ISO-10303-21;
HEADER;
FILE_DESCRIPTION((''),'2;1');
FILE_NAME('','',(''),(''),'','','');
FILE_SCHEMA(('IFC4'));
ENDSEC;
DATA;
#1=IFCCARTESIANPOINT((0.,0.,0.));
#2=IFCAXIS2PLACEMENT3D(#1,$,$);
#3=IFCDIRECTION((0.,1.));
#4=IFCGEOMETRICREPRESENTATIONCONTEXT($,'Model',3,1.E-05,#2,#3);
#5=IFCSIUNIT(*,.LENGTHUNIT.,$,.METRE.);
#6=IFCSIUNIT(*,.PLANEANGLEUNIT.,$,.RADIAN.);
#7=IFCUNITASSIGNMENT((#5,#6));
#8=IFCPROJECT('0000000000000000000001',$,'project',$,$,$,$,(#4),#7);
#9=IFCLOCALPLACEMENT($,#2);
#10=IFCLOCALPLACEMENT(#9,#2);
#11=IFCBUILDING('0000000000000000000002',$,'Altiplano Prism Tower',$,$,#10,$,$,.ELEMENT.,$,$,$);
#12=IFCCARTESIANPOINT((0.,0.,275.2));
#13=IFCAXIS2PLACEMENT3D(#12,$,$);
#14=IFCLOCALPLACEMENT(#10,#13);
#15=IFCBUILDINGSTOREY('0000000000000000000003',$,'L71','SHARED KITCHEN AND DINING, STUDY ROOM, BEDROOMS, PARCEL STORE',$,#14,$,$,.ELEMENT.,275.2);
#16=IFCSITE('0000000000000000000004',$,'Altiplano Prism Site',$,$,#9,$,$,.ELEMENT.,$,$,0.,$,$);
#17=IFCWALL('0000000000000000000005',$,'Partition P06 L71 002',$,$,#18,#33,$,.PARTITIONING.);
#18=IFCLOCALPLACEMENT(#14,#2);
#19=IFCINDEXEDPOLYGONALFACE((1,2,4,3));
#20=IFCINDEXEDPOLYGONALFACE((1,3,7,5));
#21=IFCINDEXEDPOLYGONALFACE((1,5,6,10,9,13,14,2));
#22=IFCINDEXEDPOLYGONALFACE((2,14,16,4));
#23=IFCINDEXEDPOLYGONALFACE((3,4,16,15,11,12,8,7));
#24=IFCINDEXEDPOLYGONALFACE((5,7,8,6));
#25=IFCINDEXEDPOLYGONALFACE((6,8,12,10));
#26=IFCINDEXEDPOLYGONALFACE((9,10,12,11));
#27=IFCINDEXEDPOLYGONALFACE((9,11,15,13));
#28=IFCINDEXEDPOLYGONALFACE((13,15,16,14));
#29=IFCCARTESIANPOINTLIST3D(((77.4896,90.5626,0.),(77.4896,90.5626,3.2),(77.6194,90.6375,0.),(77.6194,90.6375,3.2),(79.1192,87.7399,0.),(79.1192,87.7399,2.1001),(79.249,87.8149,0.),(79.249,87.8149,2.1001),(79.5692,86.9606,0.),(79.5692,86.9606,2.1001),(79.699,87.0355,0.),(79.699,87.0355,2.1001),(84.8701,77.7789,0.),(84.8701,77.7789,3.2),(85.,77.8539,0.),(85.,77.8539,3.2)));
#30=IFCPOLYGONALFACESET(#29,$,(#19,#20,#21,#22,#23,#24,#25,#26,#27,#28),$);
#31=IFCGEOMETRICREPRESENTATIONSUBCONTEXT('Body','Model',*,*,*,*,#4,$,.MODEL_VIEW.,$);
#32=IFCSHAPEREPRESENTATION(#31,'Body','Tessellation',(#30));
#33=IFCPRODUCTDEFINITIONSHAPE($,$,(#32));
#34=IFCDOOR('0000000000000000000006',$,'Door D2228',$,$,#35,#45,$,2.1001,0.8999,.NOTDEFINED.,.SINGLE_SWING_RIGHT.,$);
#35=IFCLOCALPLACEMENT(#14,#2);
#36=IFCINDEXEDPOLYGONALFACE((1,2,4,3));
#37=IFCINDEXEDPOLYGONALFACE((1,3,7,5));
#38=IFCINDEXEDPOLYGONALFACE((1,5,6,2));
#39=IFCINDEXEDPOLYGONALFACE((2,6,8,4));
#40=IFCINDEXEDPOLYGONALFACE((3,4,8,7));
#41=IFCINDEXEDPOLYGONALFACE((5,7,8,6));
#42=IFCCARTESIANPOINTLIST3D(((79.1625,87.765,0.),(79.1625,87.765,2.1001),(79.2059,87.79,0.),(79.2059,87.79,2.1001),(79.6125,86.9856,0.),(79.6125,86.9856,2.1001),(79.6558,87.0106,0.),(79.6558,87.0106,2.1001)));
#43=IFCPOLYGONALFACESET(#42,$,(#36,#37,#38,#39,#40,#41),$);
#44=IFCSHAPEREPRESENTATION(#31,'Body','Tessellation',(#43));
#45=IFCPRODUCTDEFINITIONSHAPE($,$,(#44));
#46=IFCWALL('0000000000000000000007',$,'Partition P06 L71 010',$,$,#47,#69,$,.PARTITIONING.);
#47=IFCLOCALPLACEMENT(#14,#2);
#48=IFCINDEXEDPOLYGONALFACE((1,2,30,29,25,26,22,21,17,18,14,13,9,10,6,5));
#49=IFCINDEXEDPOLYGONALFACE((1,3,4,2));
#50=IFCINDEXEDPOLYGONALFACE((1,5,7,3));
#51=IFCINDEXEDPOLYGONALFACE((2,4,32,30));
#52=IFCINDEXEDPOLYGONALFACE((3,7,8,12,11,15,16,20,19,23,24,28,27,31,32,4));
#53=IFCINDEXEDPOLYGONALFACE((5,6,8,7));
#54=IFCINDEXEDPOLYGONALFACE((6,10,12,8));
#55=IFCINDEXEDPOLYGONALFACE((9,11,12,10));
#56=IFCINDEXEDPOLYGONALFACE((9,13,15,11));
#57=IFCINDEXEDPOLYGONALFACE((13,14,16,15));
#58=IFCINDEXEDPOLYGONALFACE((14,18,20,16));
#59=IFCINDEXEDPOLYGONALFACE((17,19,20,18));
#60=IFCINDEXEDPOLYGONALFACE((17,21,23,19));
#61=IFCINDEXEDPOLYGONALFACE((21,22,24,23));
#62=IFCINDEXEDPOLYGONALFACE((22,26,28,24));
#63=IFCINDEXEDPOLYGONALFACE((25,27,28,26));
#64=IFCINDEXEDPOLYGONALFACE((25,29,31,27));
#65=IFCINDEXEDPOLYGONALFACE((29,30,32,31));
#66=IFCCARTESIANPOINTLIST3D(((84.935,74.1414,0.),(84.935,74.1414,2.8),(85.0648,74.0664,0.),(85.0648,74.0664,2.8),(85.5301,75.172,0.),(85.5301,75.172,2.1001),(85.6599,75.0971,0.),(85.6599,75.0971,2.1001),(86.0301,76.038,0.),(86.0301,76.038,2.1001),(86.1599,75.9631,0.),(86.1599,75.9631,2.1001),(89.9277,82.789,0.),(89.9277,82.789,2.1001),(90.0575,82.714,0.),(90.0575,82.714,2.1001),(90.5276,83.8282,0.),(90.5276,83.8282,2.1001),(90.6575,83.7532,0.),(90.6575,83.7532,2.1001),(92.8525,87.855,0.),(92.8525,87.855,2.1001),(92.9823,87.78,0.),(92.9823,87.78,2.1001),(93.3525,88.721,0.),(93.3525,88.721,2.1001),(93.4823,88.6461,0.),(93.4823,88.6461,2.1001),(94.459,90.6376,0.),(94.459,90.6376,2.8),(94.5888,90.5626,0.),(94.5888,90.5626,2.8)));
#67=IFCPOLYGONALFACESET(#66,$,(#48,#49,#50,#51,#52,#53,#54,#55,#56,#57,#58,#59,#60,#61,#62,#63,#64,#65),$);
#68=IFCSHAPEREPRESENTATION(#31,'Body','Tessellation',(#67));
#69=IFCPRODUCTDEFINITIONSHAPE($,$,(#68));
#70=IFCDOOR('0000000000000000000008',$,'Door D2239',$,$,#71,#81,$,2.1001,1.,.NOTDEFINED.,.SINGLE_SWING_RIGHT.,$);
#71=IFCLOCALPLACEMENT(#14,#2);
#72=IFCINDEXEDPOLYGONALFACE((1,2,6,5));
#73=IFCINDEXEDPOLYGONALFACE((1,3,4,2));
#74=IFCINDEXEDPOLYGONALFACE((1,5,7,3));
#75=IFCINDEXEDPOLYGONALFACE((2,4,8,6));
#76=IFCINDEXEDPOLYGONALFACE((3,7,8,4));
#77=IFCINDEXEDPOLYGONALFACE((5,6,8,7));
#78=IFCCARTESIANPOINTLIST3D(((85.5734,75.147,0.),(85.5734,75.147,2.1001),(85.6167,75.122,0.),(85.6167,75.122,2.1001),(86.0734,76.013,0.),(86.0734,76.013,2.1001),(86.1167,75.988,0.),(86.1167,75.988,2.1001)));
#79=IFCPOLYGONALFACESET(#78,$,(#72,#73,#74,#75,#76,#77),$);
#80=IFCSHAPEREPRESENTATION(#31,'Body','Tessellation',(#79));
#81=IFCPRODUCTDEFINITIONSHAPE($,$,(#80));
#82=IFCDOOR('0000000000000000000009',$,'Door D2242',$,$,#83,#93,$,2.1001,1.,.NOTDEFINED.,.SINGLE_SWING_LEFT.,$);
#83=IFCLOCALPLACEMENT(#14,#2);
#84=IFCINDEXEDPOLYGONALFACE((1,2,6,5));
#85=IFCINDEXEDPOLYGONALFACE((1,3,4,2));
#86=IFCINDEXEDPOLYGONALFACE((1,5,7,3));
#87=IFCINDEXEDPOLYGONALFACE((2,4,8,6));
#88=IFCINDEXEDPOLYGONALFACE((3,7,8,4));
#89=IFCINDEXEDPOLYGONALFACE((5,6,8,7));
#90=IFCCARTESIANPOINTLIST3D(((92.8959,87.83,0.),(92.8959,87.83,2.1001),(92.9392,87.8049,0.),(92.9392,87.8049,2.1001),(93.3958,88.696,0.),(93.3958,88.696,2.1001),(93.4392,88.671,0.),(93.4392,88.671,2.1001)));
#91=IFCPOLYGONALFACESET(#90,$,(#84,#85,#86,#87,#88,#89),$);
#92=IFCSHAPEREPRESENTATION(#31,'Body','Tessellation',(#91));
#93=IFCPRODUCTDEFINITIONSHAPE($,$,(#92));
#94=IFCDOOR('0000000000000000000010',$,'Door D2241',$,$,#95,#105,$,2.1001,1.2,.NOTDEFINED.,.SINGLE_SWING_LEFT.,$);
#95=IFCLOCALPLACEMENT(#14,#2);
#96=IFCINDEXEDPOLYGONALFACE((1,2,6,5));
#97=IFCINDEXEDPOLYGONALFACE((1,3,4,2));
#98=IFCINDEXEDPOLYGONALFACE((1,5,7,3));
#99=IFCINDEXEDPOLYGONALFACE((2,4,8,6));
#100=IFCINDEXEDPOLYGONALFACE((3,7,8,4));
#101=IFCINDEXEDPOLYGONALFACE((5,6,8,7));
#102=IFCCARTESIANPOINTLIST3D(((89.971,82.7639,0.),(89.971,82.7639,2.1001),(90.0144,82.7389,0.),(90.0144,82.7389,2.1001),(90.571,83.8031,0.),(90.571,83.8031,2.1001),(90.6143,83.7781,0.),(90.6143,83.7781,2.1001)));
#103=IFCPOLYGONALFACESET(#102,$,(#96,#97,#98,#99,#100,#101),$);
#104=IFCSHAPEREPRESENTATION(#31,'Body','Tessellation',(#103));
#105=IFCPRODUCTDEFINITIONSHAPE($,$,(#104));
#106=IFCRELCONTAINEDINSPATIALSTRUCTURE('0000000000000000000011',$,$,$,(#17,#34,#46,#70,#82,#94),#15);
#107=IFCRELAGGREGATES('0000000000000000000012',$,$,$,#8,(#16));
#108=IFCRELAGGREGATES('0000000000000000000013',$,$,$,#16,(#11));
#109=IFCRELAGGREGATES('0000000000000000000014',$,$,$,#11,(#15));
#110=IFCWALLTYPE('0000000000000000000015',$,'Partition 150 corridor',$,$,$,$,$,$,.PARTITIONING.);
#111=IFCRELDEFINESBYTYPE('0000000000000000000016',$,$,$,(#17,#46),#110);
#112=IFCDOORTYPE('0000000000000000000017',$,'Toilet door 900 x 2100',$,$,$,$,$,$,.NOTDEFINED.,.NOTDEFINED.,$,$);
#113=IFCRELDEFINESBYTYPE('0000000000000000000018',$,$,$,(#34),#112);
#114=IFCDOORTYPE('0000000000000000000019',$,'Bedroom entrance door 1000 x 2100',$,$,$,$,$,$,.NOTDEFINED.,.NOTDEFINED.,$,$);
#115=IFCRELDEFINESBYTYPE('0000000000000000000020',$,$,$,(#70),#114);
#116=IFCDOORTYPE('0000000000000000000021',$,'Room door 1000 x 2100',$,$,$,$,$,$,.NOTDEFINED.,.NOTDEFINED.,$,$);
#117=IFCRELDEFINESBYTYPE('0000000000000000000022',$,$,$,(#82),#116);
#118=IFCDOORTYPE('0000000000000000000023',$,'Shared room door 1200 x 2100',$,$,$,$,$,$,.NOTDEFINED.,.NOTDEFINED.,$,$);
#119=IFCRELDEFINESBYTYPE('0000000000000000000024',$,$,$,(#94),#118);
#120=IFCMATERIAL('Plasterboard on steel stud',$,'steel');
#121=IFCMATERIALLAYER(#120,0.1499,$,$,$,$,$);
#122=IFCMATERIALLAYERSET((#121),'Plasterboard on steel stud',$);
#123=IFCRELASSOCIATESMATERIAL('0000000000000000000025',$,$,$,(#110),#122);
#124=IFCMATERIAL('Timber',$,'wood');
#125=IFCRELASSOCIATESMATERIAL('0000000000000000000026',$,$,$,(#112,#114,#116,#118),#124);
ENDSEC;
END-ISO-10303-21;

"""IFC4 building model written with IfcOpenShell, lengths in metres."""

from ifc_helpers import new_model, si_unit, direction, frame, frame_2d, origin, place, context, subcontext, project, spatial, rectangle, extrude, material, layer, layer_set, type_object, element, fill, save


model = new_model("IFC4")

# Units and contexts
model_context = context("Model", 3, precision=1e-05, world=origin(), true_north=direction((0.0, 1.0)))
body_context = subcontext(model_context, "Body", "Model", "MODEL_VIEW")
ifc_project = project(units=[si_unit("LENGTHUNIT", "METRE"), si_unit("PLANEANGLEUNIT", "RADIAN")], contexts=[model_context])

# Site, building, storey
site_placement = place(None, origin())
site = spatial("IfcSite", under=ifc_project, at=site_placement, Name="Altiplano Prism Site", CompositionType="ELEMENT", RefElevation=0.0)
building_placement = place(site_placement, origin())
building = spatial("IfcBuilding", under=site, at=building_placement, Name="Altiplano Prism Tower", CompositionType="ELEMENT")
storey_placement = place(building_placement, frame((0.0, 0.0, 275.2)))
storey = spatial("IfcBuildingStorey", under=building, at=storey_placement, Name="L71", Description="SHARED KITCHEN AND DINING, STUDY ROOM, BEDROOMS, PARCEL STORE", CompositionType="ELEMENT", Elevation=275.2)

# Shared definitions
ifc_material_1 = material(Name="Plasterboard on steel stud", Category="steel")

# Shared definitions
ifc_material_2 = material(Name="Timber", Category="wood")

# Wall, opening, door
ifc_layer_1 = layer(ifc_material_1, 0.1499)
ifc_layer_set_1 = layer_set([ifc_layer_1], Name="Plasterboard on steel stud")
wall_type_1 = type_object("IfcWallType", Name="Partition 150 corridor", PredefinedType="PARTITIONING", material=ifc_layer_set_1)
wall_1_placement = place(storey_placement, frame((84.9351, 77.8164, 0.0), z_axis=(0.0, 0.0, 1.0), x_axis=(-0.499997, 0.866027, 0.0)))
wall_1 = element("IfcWall", 1, at=wall_1_placement, inside=storey, type_object=wall_type_1, Name="Partition P06 L71 002", PredefinedType="PARTITIONING", context=body_context, shape_type="SweptSolid", body=[
    extrude(rectangle(XDim=14.7612, YDim=0.1499, at=frame_2d((7.3806, 0.0))), origin(), (0.0, 0.0, 1.0), 3.2),
])
opening_1_placement = place(wall_1_placement, frame((10.6021, 0.0, 0.0)))
opening_1 = element("IfcOpeningElement", 2, at=opening_1_placement, cuts=wall_1, PredefinedType="OPENING", context=body_context, shape_type="SweptSolid", body=[
    extrude(rectangle(XDim=0.8999, YDim=2.1001, at=frame_2d((0.45, 1.05))), frame((0.0, 0.0854, 0.0), z_axis=(0.0, -1.0, 0.0), x_axis=(1.0, 0.0, 0.0)), (0.0, 0.0, 1.0), 0.1709),
])
door_type_1 = type_object("IfcDoorType", Name="Toilet door 900 x 2100", OperationType="NOTDEFINED", PredefinedType="NOTDEFINED", material=ifc_material_2)
door_1_placement = place(opening_1_placement, origin())
door_1 = element("IfcDoor", 3, at=door_1_placement, inside=storey, type_object=door_type_1, Name="Door D2228", OperationType="SINGLE_SWING_RIGHT", OverallHeight=2.1001, OverallWidth=0.8999, PredefinedType="NOTDEFINED", context=body_context, shape_type="SweptSolid", body=[
    extrude(rectangle(XDim=0.8999, YDim=2.1001, at=frame_2d((0.45, 1.05))), frame((0.0, 0.0249, 0.0), z_axis=(0.0, -1.0, 0.0), x_axis=(1.0, 0.0, 0.0)), (0.0, 0.0, 1.0), 0.05),
])
fill(opening_1, door_1)

# Wall, openings, doors
wall_2_placement = place(storey_placement, frame((85.0, 74.104, 0.0), z_axis=(0.0, 0.0, 1.0), x_axis=(0.499996, 0.866028, 0.0)))
wall_2 = element("IfcWall", 4, at=wall_2_placement, inside=storey, type_object=wall_type_1, Name="Partition P06 L71 010", PredefinedType="PARTITIONING", context=body_context, shape_type="SweptSolid", body=[
    extrude(rectangle(XDim=19.0481, YDim=0.1499, at=frame_2d((9.5239, 0.0))), origin(), (0.0, 0.0, 1.0), 2.8),
])
opening_2_placement = place(wall_2_placement, frame((1.1899, 0.0, 0.0)))
opening_2 = element("IfcOpeningElement", 5, at=opening_2_placement, cuts=wall_2, PredefinedType="OPENING", context=body_context, shape_type="SweptSolid", body=[
    extrude(rectangle(XDim=1.0, YDim=2.1001, at=frame_2d((0.5, 1.05))), frame((0.0, 0.0854, 0.0), z_axis=(0.0, -1.0, 0.0), x_axis=(1.0, 0.0, 0.0)), (0.0, 0.0, 1.0), 0.1709),
])
opening_3_placement = place(wall_2_placement, frame((9.9851, 0.0, 0.0)))
opening_3 = element("IfcOpeningElement", 6, at=opening_3_placement, cuts=wall_2, PredefinedType="OPENING", context=body_context, shape_type="SweptSolid", body=[
    extrude(rectangle(XDim=1.2, YDim=2.1001, at=frame_2d((0.6001, 1.05))), frame((0.0, 0.0854, 0.0), z_axis=(0.0, -1.0, 0.0), x_axis=(1.0, 0.0, 0.0)), (0.0, 0.0, 1.0), 0.1709),
])
opening_4_placement = place(wall_2_placement, frame((15.835, 0.0, 0.0)))
opening_4 = element("IfcOpeningElement", 7, at=opening_4_placement, cuts=wall_2, PredefinedType="OPENING", context=body_context, shape_type="SweptSolid", body=[
    extrude(rectangle(XDim=1.0, YDim=2.1001, at=frame_2d((0.5, 1.05))), frame((0.0, 0.0854, 0.0), z_axis=(0.0, -1.0, 0.0), x_axis=(1.0, 0.0, 0.0)), (0.0, 0.0, 1.0), 0.1709),
])
door_type_2 = type_object("IfcDoorType", Name="Bedroom entrance door 1000 x 2100", OperationType="NOTDEFINED", PredefinedType="NOTDEFINED", material=ifc_material_2)
door_2_placement = place(opening_2_placement, origin())
door_2 = element("IfcDoor", 8, at=door_2_placement, inside=storey, type_object=door_type_2, Name="Door D2239", OperationType="SINGLE_SWING_RIGHT", OverallHeight=2.1001, OverallWidth=1.0, PredefinedType="NOTDEFINED", context=body_context, shape_type="SweptSolid", body=[
    extrude(rectangle(XDim=1.0, YDim=2.1001, at=frame_2d((0.5, 1.05))), frame((0.0, 0.0249, 0.0), z_axis=(0.0, -1.0, 0.0), x_axis=(1.0, 0.0, 0.0)), (0.0, 0.0, 1.0), 0.05),
])
fill(opening_2, door_2)
door_type_3 = type_object("IfcDoorType", Name="Room door 1000 x 2100", OperationType="NOTDEFINED", PredefinedType="NOTDEFINED", material=ifc_material_2)
door_3_placement = place(opening_4_placement, origin())
door_3 = element("IfcDoor", 9, at=door_3_placement, inside=storey, type_object=door_type_3, Name="Door D2242", OperationType="SINGLE_SWING_LEFT", OverallHeight=2.1001, OverallWidth=1.0, PredefinedType="NOTDEFINED", context=body_context, shape_type="SweptSolid", body=[
    extrude(rectangle(XDim=1.0, YDim=2.1001, at=frame_2d((0.5, 1.05))), frame((0.0, 0.0249, 0.0), z_axis=(0.0, -1.0, 0.0), x_axis=(1.0, 0.0, 0.0)), (0.0, 0.0, 1.0), 0.05),
])
fill(opening_4, door_3)
door_type_4 = type_object("IfcDoorType", Name="Shared room door 1200 x 2100", OperationType="NOTDEFINED", PredefinedType="NOTDEFINED", material=ifc_material_2)
door_4_placement = place(opening_3_placement, origin())
door_4 = element("IfcDoor", 10, at=door_4_placement, inside=storey, type_object=door_type_4, Name="Door D2241", OperationType="SINGLE_SWING_LEFT", OverallHeight=2.1001, OverallWidth=1.2, PredefinedType="NOTDEFINED", context=body_context, shape_type="SweptSolid", body=[
    extrude(rectangle(XDim=1.2, YDim=2.1001, at=frame_2d((0.6001, 1.05))), frame((0.0, 0.0249, 0.0), z_axis=(0.0, -1.0, 0.0), x_axis=(1.0, 0.0, 0.0)), (0.0, 0.0, 1.0), 0.05),
])
fill(opening_3, door_4)

save(model, "model.ifc")
